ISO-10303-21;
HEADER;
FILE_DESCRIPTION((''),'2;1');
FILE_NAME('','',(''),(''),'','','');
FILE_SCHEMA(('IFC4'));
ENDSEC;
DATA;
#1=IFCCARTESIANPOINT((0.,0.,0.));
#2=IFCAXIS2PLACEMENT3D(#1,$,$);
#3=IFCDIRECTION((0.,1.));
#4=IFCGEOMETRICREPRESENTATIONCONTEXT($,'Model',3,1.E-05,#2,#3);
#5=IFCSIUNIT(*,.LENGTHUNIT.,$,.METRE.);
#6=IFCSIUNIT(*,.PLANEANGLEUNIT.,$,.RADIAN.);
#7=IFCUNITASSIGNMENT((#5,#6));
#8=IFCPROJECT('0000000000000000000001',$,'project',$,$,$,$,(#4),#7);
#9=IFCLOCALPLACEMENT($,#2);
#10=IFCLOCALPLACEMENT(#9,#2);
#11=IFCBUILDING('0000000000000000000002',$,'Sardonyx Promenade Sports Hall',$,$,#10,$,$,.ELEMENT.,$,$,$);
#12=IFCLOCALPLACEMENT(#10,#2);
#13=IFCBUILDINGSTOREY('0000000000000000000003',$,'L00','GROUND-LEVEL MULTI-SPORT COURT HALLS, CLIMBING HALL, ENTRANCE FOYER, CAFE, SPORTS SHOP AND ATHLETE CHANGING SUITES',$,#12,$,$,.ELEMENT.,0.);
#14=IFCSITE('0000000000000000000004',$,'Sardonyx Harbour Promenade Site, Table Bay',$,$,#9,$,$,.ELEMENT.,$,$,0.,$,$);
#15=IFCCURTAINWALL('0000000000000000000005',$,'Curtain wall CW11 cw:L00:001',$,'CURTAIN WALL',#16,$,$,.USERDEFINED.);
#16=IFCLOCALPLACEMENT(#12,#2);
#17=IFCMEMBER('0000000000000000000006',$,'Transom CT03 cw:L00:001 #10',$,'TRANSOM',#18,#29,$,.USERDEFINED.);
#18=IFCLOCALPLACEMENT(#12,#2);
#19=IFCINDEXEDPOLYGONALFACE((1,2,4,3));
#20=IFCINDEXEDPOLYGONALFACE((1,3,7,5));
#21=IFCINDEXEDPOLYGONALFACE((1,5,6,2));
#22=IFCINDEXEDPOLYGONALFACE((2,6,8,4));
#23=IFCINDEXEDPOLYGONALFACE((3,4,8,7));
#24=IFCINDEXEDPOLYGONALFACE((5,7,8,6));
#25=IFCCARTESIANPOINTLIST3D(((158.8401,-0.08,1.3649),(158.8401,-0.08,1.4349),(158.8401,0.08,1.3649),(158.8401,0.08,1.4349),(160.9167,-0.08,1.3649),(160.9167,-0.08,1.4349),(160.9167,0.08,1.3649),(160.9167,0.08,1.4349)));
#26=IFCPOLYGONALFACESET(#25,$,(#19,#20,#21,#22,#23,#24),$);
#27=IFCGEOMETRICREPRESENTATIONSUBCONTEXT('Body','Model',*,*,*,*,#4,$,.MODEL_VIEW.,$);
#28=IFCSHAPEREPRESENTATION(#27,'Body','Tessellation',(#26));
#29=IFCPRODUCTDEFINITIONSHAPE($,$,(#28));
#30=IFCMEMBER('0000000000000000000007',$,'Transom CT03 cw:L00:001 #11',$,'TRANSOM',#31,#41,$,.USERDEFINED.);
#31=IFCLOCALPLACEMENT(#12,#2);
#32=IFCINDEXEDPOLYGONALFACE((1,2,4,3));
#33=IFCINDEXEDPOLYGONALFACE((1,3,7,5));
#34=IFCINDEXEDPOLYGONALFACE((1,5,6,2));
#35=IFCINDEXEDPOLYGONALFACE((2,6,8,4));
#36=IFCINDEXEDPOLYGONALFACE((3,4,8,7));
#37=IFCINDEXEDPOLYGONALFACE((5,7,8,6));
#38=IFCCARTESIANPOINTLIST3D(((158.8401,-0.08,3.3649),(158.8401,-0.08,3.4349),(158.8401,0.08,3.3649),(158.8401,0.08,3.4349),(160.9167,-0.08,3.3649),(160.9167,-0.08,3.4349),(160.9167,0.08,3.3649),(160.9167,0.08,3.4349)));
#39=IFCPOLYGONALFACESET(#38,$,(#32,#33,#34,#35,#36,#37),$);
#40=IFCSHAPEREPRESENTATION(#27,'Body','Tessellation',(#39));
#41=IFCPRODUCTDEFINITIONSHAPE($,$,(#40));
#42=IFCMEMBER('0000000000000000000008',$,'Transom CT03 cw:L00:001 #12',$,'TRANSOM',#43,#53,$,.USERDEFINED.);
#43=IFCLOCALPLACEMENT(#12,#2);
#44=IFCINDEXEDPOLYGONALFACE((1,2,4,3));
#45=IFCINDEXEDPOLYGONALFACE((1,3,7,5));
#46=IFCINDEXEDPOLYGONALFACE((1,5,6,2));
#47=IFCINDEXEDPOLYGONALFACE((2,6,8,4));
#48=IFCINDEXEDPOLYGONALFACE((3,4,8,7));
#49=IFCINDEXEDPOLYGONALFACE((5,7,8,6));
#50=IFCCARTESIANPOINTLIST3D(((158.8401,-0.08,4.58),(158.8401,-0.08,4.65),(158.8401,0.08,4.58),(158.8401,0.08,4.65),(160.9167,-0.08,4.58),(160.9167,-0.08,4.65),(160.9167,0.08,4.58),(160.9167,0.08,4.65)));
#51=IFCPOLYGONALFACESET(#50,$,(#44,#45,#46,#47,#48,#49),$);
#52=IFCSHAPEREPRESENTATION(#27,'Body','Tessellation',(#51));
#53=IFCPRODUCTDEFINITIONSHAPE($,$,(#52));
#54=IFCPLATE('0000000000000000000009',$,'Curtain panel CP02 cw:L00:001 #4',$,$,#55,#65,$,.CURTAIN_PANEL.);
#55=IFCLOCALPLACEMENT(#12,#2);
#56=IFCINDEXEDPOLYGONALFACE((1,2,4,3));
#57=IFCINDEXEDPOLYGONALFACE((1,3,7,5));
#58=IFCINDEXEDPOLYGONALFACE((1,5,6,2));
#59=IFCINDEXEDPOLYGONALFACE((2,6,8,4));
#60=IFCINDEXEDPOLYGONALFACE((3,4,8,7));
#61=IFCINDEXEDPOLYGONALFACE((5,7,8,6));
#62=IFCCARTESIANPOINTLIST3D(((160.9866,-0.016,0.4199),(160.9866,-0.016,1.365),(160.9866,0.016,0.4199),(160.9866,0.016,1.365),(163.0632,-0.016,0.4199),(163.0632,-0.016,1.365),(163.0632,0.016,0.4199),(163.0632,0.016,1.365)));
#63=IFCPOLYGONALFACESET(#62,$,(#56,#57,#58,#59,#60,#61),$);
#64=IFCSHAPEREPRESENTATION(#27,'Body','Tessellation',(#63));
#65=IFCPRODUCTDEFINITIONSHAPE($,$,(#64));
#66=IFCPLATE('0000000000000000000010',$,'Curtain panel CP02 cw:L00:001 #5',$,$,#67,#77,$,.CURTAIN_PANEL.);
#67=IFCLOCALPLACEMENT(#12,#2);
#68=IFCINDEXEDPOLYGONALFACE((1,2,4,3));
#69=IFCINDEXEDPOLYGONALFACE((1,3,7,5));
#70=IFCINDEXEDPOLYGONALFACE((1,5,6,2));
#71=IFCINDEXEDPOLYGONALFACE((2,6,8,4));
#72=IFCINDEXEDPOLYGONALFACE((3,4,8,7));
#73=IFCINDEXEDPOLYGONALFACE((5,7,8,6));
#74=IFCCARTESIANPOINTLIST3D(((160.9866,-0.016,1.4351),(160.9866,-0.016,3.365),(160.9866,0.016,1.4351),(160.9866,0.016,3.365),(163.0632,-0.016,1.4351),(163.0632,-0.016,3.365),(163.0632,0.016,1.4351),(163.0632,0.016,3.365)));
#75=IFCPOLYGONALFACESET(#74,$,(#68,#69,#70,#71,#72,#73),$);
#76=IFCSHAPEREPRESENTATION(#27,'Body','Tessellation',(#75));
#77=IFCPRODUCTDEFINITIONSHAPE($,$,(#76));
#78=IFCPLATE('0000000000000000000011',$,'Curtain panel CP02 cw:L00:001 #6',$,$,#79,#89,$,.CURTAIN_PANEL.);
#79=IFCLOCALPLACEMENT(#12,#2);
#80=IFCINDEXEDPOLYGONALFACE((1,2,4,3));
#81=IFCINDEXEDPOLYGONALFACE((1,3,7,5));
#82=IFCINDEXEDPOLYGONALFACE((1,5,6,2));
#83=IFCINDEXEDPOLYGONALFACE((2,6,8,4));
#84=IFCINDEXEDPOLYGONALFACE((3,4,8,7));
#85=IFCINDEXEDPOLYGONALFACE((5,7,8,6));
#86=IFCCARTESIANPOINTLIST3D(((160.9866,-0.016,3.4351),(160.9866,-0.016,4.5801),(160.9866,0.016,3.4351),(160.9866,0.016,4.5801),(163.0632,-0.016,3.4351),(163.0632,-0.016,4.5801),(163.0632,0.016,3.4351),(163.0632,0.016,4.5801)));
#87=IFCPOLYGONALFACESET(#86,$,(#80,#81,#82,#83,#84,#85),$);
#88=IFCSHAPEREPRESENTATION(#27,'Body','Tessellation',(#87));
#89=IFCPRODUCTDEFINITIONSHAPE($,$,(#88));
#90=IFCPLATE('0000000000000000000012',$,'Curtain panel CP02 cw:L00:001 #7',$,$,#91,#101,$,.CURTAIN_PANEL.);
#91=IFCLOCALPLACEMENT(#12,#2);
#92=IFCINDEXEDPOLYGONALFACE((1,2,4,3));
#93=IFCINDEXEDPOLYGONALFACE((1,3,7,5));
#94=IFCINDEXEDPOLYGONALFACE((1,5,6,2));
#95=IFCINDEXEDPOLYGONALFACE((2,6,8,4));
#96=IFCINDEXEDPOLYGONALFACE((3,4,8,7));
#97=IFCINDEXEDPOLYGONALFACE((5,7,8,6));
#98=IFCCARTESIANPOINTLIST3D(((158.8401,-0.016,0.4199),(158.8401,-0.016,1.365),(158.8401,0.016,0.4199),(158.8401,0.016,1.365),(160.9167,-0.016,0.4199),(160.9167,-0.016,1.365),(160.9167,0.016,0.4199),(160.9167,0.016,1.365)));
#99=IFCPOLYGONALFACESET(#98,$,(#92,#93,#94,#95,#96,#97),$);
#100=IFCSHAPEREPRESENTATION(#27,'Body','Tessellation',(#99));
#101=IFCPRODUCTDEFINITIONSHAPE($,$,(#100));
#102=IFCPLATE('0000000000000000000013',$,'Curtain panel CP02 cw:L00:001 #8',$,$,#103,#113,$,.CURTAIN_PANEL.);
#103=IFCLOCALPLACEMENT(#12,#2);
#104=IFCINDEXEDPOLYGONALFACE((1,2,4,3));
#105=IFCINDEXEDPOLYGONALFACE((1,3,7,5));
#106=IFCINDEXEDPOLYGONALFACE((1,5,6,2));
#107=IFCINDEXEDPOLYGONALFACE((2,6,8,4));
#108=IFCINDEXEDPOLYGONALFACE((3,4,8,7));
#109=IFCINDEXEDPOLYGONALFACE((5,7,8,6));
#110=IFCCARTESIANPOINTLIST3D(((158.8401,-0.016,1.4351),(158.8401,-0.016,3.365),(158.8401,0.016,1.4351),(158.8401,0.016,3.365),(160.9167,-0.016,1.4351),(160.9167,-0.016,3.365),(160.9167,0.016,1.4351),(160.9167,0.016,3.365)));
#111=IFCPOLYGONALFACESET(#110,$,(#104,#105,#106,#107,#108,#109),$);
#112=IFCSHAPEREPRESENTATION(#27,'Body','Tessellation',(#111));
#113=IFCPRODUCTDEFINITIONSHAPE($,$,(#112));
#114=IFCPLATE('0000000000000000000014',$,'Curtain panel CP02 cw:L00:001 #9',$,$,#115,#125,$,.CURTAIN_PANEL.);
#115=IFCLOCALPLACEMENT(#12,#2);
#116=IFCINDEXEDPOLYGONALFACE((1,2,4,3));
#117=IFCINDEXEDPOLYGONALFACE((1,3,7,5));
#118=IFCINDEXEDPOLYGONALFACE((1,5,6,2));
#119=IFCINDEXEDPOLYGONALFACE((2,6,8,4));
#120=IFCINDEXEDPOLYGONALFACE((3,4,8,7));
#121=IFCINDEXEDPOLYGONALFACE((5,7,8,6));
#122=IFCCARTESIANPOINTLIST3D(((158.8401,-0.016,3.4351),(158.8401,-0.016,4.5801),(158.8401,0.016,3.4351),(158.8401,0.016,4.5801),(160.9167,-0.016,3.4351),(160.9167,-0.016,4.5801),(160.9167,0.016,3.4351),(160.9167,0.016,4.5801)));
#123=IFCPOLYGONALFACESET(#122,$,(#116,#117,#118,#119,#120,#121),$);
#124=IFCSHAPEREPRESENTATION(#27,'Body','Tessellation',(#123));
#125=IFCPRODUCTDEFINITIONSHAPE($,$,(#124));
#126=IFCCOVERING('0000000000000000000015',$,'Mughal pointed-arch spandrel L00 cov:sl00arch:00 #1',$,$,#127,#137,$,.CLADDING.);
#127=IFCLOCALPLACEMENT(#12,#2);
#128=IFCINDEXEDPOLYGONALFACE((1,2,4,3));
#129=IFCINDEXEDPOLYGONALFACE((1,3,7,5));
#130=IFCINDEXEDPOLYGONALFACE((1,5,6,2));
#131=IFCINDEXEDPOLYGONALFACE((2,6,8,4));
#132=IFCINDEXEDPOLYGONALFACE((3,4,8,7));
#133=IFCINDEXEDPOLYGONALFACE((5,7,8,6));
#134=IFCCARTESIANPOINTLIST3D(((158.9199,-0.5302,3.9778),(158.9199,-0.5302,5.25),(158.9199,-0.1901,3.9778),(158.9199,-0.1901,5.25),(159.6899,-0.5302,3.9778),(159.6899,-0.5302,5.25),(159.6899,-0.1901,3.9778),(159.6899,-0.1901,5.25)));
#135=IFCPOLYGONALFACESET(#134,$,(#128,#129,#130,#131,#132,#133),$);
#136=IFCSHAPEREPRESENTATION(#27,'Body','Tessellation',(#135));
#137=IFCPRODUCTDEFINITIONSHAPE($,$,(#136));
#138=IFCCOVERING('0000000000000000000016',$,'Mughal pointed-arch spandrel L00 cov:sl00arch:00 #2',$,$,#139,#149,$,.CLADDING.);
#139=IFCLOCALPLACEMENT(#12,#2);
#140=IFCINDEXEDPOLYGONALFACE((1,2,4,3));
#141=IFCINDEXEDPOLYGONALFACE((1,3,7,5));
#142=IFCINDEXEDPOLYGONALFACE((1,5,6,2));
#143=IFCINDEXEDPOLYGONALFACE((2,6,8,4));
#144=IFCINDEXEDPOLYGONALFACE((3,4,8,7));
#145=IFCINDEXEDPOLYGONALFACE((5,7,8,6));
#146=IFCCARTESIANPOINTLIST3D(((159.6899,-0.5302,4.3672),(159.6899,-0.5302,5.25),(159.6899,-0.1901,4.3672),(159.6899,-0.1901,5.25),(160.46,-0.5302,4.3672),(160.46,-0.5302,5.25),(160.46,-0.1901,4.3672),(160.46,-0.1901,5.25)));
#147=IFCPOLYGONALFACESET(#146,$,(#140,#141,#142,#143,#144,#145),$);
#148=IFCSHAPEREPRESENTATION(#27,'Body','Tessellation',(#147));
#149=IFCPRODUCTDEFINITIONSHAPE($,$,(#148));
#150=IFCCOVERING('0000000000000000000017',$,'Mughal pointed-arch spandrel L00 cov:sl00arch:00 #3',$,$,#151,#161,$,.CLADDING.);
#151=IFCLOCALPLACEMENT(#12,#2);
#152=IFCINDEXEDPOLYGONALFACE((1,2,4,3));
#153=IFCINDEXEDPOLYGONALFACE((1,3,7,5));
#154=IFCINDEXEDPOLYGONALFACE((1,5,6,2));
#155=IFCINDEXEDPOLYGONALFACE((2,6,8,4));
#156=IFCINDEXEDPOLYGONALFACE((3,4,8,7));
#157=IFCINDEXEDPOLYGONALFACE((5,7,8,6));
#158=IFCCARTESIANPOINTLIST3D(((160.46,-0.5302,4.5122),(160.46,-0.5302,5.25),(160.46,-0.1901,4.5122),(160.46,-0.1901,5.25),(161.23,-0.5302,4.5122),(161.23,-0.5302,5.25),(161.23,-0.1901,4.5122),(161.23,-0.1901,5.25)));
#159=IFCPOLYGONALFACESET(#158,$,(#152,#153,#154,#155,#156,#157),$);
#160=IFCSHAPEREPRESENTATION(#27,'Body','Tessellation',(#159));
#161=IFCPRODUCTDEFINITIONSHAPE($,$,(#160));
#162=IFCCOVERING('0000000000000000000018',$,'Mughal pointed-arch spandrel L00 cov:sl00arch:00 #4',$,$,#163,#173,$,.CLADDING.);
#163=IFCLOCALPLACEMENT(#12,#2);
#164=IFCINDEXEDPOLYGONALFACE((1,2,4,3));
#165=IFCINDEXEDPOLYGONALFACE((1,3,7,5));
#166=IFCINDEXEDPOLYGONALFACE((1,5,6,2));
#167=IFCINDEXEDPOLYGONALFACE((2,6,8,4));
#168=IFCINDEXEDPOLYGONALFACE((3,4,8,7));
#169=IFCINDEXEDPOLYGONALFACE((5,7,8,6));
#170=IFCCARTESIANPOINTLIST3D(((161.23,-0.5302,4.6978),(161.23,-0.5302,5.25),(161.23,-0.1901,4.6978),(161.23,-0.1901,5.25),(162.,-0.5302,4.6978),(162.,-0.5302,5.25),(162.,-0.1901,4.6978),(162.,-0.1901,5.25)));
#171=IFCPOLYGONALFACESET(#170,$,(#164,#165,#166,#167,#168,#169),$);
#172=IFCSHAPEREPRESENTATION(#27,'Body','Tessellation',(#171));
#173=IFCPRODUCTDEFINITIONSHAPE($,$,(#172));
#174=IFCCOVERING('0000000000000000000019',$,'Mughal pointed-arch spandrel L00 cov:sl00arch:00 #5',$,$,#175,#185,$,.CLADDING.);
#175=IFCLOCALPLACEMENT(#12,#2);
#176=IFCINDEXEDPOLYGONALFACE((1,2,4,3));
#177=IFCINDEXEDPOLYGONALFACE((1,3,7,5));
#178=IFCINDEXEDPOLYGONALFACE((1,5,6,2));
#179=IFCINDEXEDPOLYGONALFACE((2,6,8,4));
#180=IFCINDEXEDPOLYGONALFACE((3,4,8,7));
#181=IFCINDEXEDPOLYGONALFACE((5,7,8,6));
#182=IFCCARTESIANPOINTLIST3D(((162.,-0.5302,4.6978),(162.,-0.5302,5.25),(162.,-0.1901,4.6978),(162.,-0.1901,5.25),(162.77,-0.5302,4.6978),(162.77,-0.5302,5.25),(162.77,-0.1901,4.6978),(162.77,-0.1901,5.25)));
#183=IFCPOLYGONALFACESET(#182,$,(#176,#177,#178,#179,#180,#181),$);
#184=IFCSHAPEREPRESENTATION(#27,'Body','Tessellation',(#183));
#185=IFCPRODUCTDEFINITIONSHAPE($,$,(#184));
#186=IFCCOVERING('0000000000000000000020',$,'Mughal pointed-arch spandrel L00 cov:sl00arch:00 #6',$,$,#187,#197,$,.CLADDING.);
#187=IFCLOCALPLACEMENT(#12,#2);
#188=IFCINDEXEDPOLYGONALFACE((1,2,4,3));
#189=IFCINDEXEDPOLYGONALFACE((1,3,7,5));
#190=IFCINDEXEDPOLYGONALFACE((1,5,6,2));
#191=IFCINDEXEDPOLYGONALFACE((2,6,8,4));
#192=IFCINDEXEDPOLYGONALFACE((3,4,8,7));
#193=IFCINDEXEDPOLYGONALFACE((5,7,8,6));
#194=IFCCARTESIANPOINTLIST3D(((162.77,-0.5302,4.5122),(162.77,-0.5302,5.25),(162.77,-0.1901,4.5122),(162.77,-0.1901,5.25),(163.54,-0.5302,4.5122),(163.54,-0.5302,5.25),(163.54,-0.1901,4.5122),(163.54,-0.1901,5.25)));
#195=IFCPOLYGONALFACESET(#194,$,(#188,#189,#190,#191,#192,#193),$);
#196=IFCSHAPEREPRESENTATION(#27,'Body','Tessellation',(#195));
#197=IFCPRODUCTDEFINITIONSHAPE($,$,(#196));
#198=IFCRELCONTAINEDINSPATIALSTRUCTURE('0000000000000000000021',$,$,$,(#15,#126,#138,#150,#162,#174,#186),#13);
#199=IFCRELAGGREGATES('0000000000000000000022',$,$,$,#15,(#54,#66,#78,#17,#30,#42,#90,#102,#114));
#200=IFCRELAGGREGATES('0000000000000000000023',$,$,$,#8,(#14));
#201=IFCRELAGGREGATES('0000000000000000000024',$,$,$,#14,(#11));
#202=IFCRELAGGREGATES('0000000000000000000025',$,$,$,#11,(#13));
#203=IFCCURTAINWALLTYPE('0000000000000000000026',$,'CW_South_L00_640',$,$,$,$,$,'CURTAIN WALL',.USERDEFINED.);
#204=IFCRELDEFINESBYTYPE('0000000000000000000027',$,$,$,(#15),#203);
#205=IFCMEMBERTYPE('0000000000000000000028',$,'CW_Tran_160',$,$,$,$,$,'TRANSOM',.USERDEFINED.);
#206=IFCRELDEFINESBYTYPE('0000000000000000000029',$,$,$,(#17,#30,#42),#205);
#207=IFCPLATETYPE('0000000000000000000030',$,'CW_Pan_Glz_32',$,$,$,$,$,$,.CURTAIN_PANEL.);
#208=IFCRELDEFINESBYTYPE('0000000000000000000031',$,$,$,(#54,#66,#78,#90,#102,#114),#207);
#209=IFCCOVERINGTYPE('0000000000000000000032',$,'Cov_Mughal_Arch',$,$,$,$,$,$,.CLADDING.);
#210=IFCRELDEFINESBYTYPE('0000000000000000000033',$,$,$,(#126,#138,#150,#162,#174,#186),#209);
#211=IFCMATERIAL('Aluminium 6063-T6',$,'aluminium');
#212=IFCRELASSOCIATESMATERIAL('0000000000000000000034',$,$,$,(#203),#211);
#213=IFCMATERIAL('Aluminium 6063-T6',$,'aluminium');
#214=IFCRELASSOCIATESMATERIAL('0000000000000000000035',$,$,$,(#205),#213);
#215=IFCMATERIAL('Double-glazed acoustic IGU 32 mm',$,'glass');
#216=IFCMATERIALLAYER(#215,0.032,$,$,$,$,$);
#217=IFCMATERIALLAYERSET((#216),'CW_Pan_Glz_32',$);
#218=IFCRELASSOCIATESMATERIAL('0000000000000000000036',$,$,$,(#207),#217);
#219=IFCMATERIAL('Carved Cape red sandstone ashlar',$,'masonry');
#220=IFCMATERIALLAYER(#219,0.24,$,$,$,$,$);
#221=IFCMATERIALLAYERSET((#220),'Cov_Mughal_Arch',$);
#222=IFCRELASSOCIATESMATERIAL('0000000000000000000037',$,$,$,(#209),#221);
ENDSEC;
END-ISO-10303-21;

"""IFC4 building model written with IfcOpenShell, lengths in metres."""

from ifc_helpers import new_model, si_unit, direction, frame, frame_2d, origin, origin_2d, place, context, subcontext, project, spatial, rectangle, extrude, material, layer, layer_set, material_profile, profile_set, type_object, element, aggregate, save


model = new_model("IFC4")

# Units and contexts
model_context = context("Model", 3, precision=1e-05, world=origin(), true_north=direction((0.0, 1.0)))
body_context = subcontext(model_context, "Body", "Model", "MODEL_VIEW")
ifc_project = project(units=[si_unit("LENGTHUNIT", "METRE"), si_unit("PLANEANGLEUNIT", "RADIAN")], contexts=[model_context])

# Site, building, storey
site_placement = place(None, origin())
site = spatial("IfcSite", under=ifc_project, at=site_placement, Name="Sardonyx Harbour Promenade Site, Table Bay", CompositionType="ELEMENT", RefElevation=0.0)
building_placement = place(site_placement, origin())
building = spatial("IfcBuilding", under=site, at=building_placement, Name="Sardonyx Promenade Sports Hall", CompositionType="ELEMENT")
storey_placement = place(building_placement, origin())
storey = spatial("IfcBuildingStorey", under=building, at=storey_placement, Name="L00", Description="GROUND-LEVEL MULTI-SPORT COURT HALLS, CLIMBING HALL, ENTRANCE FOYER, CAFE, SPORTS SHOP AND ATHLETE CHANGING SUITES", CompositionType="ELEMENT", Elevation=0.0)

# Curtain wall, members, plates
ifc_material_1 = material(Name="Aluminium 6063-T6", Category="aluminium")
curtain_wall_type = type_object("IfcCurtainWallType", Name="CW_South_L00_640", ElementType="CURTAIN WALL", PredefinedType="USERDEFINED", material=ifc_material_1)
curtain_wall_placement = place(storey_placement, origin())
curtain_wall = element("IfcCurtainWall", 1, at=curtain_wall_placement, inside=storey, type_object=curtain_wall_type, Name="Curtain wall CW11 cw:L00:001", ObjectType="CURTAIN WALL", PredefinedType="USERDEFINED")
ifc_material_2 = material(Name="Aluminium 6063-T6", Category="aluminium")
ifc_material_profile_1 = material_profile(ifc_material_2, rectangle(XDim=0.0701, YDim=0.1599, at=origin_2d()))
ifc_profile_set_1 = profile_set([ifc_material_profile_1], Name="Aluminium 6063-T6")
member_type_1 = type_object("IfcMemberType", Name="CW_Tran_160", ElementType="TRANSOM", PredefinedType="USERDEFINED", material=ifc_profile_set_1)
member_1_placement = place(storey_placement, frame((160.9167, 0.0, 1.3999), z_axis=(-1.0, 0.0, 0.0), x_axis=(0.0, 0.0, 1.0)))
member_1 = element("IfcMember", 2, at=member_1_placement, type_object=member_type_1, Name="Transom CT03 cw:L00:001 #10", ObjectType="TRANSOM", PredefinedType="USERDEFINED", context=body_context, shape_type="SweptSolid", body=[
    extrude(rectangle(XDim=0.0701, YDim=0.1599, at=origin_2d()), origin(), (0.0, 0.0, 1.0), 2.0767),
])
member_2_placement = place(storey_placement, frame((160.9167, 0.0, 3.3999), z_axis=(-1.0, 0.0, 0.0), x_axis=(0.0, 0.0, 1.0)))
member_2 = element("IfcMember", 3, at=member_2_placement, type_object=member_type_1, Name="Transom CT03 cw:L00:001 #11", ObjectType="TRANSOM", PredefinedType="USERDEFINED", context=body_context, shape_type="SweptSolid", body=[
    extrude(rectangle(XDim=0.0701, YDim=0.1599, at=origin_2d()), origin(), (0.0, 0.0, 1.0), 2.0767),
])
member_3_placement = place(storey_placement, frame((160.9167, 0.0, 4.615), z_axis=(-1.0, 0.0, 0.0), x_axis=(0.0, 0.0, 1.0)))
member_3 = element("IfcMember", 4, at=member_3_placement, type_object=member_type_1, Name="Transom CT03 cw:L00:001 #12", ObjectType="TRANSOM", PredefinedType="USERDEFINED", context=body_context, shape_type="SweptSolid", body=[
    extrude(rectangle(XDim=0.0701, YDim=0.1599, at=origin_2d()), origin(), (0.0, 0.0, 1.0), 2.0767),
])
ifc_material_3 = material(Name="Double-glazed acoustic IGU 32 mm", Category="glass")
ifc_layer_1 = layer(ifc_material_3, 0.032)
ifc_layer_set_1 = layer_set([ifc_layer_1], Name="CW_Pan_Glz_32")
plate_type = type_object("IfcPlateType", Name="CW_Pan_Glz_32", PredefinedType="CURTAIN_PANEL", material=ifc_layer_set_1)
plate_1_placement = place(storey_placement, frame((162.0249, 0.0, 0.4199), z_axis=(0.0, 0.0, 1.0), x_axis=(-1.0, 0.0, 0.0)))
plate_1 = element("IfcPlate", 5, at=plate_1_placement, type_object=plate_type, Name="Curtain panel CP02 cw:L00:001 #4", PredefinedType="CURTAIN_PANEL", context=body_context, shape_type="SweptSolid", body=[
    extrude(rectangle(XDim=2.0767, YDim=0.032, at=origin_2d()), origin(), (0.0, 0.0, 1.0), 0.9451),
])
plate_2_placement = place(storey_placement, frame((162.0249, 0.0, 1.4351), z_axis=(0.0, 0.0, 1.0), x_axis=(-1.0, 0.0, 0.0)))
plate_2 = element("IfcPlate", 6, at=plate_2_placement, type_object=plate_type, Name="Curtain panel CP02 cw:L00:001 #5", PredefinedType="CURTAIN_PANEL", context=body_context, shape_type="SweptSolid", body=[
    extrude(rectangle(XDim=2.0767, YDim=0.032, at=origin_2d()), origin(), (0.0, 0.0, 1.0), 1.9299),
])
plate_3_placement = place(storey_placement, frame((162.0249, 0.0, 3.4351), z_axis=(0.0, 0.0, 1.0), x_axis=(-1.0, 0.0, 0.0)))
plate_3 = element("IfcPlate", 7, at=plate_3_placement, type_object=plate_type, Name="Curtain panel CP02 cw:L00:001 #6", PredefinedType="CURTAIN_PANEL", context=body_context, shape_type="SweptSolid", body=[
    extrude(rectangle(XDim=2.0767, YDim=0.032, at=origin_2d()), origin(), (0.0, 0.0, 1.0), 1.145),
])
plate_4_placement = place(storey_placement, frame((159.8784, 0.0, 0.4199), z_axis=(0.0, 0.0, 1.0), x_axis=(-1.0, 0.0, 0.0)))
plate_4 = element("IfcPlate", 8, at=plate_4_placement, type_object=plate_type, Name="Curtain panel CP02 cw:L00:001 #7", PredefinedType="CURTAIN_PANEL", context=body_context, shape_type="SweptSolid", body=[
    extrude(rectangle(XDim=2.0767, YDim=0.032, at=origin_2d()), origin(), (0.0, 0.0, 1.0), 0.9451),
])
plate_5_placement = place(storey_placement, frame((159.8784, 0.0, 1.4351), z_axis=(0.0, 0.0, 1.0), x_axis=(-1.0, 0.0, 0.0)))
plate_5 = element("IfcPlate", 9, at=plate_5_placement, type_object=plate_type, Name="Curtain panel CP02 cw:L00:001 #8", PredefinedType="CURTAIN_PANEL", context=body_context, shape_type="SweptSolid", body=[
    extrude(rectangle(XDim=2.0767, YDim=0.032, at=origin_2d()), origin(), (0.0, 0.0, 1.0), 1.9299),
])
plate_6_placement = place(storey_placement, frame((159.8784, 0.0, 3.4351), z_axis=(0.0, 0.0, 1.0), x_axis=(-1.0, 0.0, 0.0)))
plate_6 = element("IfcPlate", 10, at=plate_6_placement, type_object=plate_type, Name="Curtain panel CP02 cw:L00:001 #9", PredefinedType="CURTAIN_PANEL", context=body_context, shape_type="SweptSolid", body=[
    extrude(rectangle(XDim=2.0767, YDim=0.032, at=origin_2d()), origin(), (0.0, 0.0, 1.0), 1.145),
])
aggregate(curtain_wall, [plate_1, plate_2, plate_3, member_1, member_2, member_3, plate_4, plate_5, plate_6])

# Coverings
ifc_material_4 = material(Name="Carved Cape red sandstone ashlar", Category="masonry")
ifc_layer_2 = layer(ifc_material_4, 0.24)
ifc_layer_set_2 = layer_set([ifc_layer_2], Name="Cov_Mughal_Arch")
covering_type = type_object("IfcCoveringType", Name="Cov_Mughal_Arch", PredefinedType="CLADDING", material=ifc_layer_set_2)
covering_1_placement = place(storey_placement, frame((158.9199, -0.3601, 3.9778), z_axis=(0.0, 0.0, 1.0), x_axis=(1.0, 0.0, 0.0)))
element("IfcCovering", 11, at=covering_1_placement, inside=storey, type_object=covering_type, Name="Mughal pointed-arch spandrel L00 cov:sl00arch:00 #1", PredefinedType="CLADDING", context=body_context, shape_type="SweptSolid", body=[
    extrude(rectangle(XDim=0.77, YDim=0.3401, at=frame_2d((0.385, 0.0))), origin(), (0.0, 0.0, 1.0), 1.2722),
])
covering_2_placement = place(storey_placement, frame((159.6899, -0.3601, 4.3672), z_axis=(0.0, 0.0, 1.0), x_axis=(1.0, 0.0, 0.0)))
element("IfcCovering", 12, at=covering_2_placement, inside=storey, type_object=covering_type, Name="Mughal pointed-arch spandrel L00 cov:sl00arch:00 #2", PredefinedType="CLADDING", context=body_context, shape_type="SweptSolid", body=[
    extrude(rectangle(XDim=0.77, YDim=0.3401, at=frame_2d((0.385, 0.0))), origin(), (0.0, 0.0, 1.0), 0.8828),
])
covering_3_placement = place(storey_placement, frame((160.46, -0.3601, 4.5122), z_axis=(0.0, 0.0, 1.0), x_axis=(1.0, 0.0, 0.0)))
element("IfcCovering", 13, at=covering_3_placement, inside=storey, type_object=covering_type, Name="Mughal pointed-arch spandrel L00 cov:sl00arch:00 #3", PredefinedType="CLADDING", context=body_context, shape_type="SweptSolid", body=[
    extrude(rectangle(XDim=0.77, YDim=0.3401, at=frame_2d((0.385, 0.0))), origin(), (0.0, 0.0, 1.0), 0.7378),
])
for number, where, z_axis, x_axis, name in (
    (14, (161.23, -0.3601, 4.6978), (0.0, 0.0, 1.0), (1.0, 0.0, 0.0), "Mughal pointed-arch spandrel L00 cov:sl00arch:00 #4"),
    (15, (162.0, -0.3601, 4.6978), (0.0, 0.0, 1.0), (1.0, 0.0, 0.0), "Mughal pointed-arch spandrel L00 cov:sl00arch:00 #5"),
):
    element("IfcCovering", number, at=place(storey_placement, frame(where, z_axis=z_axis, x_axis=x_axis)), inside=storey, type_object=covering_type, Name=name, PredefinedType="CLADDING", context=body_context, shape_type="SweptSolid", body=[
        extrude(rectangle(XDim=0.77, YDim=0.3401, at=frame_2d((0.385, 0.0))), origin(), (0.0, 0.0, 1.0), 0.5522),
    ])
covering_4_placement = place(storey_placement, frame((162.77, -0.3601, 4.5122), z_axis=(0.0, 0.0, 1.0), x_axis=(1.0, 0.0, 0.0)))
element("IfcCovering", 16, at=covering_4_placement, inside=storey, type_object=covering_type, Name="Mughal pointed-arch spandrel L00 cov:sl00arch:00 #6", PredefinedType="CLADDING", context=body_context, shape_type="SweptSolid", body=[
    extrude(rectangle(XDim=0.77, YDim=0.3401, at=frame_2d((0.385, 0.0))), origin(), (0.0, 0.0, 1.0), 0.7378),
])

save(model, "model.ifc")
